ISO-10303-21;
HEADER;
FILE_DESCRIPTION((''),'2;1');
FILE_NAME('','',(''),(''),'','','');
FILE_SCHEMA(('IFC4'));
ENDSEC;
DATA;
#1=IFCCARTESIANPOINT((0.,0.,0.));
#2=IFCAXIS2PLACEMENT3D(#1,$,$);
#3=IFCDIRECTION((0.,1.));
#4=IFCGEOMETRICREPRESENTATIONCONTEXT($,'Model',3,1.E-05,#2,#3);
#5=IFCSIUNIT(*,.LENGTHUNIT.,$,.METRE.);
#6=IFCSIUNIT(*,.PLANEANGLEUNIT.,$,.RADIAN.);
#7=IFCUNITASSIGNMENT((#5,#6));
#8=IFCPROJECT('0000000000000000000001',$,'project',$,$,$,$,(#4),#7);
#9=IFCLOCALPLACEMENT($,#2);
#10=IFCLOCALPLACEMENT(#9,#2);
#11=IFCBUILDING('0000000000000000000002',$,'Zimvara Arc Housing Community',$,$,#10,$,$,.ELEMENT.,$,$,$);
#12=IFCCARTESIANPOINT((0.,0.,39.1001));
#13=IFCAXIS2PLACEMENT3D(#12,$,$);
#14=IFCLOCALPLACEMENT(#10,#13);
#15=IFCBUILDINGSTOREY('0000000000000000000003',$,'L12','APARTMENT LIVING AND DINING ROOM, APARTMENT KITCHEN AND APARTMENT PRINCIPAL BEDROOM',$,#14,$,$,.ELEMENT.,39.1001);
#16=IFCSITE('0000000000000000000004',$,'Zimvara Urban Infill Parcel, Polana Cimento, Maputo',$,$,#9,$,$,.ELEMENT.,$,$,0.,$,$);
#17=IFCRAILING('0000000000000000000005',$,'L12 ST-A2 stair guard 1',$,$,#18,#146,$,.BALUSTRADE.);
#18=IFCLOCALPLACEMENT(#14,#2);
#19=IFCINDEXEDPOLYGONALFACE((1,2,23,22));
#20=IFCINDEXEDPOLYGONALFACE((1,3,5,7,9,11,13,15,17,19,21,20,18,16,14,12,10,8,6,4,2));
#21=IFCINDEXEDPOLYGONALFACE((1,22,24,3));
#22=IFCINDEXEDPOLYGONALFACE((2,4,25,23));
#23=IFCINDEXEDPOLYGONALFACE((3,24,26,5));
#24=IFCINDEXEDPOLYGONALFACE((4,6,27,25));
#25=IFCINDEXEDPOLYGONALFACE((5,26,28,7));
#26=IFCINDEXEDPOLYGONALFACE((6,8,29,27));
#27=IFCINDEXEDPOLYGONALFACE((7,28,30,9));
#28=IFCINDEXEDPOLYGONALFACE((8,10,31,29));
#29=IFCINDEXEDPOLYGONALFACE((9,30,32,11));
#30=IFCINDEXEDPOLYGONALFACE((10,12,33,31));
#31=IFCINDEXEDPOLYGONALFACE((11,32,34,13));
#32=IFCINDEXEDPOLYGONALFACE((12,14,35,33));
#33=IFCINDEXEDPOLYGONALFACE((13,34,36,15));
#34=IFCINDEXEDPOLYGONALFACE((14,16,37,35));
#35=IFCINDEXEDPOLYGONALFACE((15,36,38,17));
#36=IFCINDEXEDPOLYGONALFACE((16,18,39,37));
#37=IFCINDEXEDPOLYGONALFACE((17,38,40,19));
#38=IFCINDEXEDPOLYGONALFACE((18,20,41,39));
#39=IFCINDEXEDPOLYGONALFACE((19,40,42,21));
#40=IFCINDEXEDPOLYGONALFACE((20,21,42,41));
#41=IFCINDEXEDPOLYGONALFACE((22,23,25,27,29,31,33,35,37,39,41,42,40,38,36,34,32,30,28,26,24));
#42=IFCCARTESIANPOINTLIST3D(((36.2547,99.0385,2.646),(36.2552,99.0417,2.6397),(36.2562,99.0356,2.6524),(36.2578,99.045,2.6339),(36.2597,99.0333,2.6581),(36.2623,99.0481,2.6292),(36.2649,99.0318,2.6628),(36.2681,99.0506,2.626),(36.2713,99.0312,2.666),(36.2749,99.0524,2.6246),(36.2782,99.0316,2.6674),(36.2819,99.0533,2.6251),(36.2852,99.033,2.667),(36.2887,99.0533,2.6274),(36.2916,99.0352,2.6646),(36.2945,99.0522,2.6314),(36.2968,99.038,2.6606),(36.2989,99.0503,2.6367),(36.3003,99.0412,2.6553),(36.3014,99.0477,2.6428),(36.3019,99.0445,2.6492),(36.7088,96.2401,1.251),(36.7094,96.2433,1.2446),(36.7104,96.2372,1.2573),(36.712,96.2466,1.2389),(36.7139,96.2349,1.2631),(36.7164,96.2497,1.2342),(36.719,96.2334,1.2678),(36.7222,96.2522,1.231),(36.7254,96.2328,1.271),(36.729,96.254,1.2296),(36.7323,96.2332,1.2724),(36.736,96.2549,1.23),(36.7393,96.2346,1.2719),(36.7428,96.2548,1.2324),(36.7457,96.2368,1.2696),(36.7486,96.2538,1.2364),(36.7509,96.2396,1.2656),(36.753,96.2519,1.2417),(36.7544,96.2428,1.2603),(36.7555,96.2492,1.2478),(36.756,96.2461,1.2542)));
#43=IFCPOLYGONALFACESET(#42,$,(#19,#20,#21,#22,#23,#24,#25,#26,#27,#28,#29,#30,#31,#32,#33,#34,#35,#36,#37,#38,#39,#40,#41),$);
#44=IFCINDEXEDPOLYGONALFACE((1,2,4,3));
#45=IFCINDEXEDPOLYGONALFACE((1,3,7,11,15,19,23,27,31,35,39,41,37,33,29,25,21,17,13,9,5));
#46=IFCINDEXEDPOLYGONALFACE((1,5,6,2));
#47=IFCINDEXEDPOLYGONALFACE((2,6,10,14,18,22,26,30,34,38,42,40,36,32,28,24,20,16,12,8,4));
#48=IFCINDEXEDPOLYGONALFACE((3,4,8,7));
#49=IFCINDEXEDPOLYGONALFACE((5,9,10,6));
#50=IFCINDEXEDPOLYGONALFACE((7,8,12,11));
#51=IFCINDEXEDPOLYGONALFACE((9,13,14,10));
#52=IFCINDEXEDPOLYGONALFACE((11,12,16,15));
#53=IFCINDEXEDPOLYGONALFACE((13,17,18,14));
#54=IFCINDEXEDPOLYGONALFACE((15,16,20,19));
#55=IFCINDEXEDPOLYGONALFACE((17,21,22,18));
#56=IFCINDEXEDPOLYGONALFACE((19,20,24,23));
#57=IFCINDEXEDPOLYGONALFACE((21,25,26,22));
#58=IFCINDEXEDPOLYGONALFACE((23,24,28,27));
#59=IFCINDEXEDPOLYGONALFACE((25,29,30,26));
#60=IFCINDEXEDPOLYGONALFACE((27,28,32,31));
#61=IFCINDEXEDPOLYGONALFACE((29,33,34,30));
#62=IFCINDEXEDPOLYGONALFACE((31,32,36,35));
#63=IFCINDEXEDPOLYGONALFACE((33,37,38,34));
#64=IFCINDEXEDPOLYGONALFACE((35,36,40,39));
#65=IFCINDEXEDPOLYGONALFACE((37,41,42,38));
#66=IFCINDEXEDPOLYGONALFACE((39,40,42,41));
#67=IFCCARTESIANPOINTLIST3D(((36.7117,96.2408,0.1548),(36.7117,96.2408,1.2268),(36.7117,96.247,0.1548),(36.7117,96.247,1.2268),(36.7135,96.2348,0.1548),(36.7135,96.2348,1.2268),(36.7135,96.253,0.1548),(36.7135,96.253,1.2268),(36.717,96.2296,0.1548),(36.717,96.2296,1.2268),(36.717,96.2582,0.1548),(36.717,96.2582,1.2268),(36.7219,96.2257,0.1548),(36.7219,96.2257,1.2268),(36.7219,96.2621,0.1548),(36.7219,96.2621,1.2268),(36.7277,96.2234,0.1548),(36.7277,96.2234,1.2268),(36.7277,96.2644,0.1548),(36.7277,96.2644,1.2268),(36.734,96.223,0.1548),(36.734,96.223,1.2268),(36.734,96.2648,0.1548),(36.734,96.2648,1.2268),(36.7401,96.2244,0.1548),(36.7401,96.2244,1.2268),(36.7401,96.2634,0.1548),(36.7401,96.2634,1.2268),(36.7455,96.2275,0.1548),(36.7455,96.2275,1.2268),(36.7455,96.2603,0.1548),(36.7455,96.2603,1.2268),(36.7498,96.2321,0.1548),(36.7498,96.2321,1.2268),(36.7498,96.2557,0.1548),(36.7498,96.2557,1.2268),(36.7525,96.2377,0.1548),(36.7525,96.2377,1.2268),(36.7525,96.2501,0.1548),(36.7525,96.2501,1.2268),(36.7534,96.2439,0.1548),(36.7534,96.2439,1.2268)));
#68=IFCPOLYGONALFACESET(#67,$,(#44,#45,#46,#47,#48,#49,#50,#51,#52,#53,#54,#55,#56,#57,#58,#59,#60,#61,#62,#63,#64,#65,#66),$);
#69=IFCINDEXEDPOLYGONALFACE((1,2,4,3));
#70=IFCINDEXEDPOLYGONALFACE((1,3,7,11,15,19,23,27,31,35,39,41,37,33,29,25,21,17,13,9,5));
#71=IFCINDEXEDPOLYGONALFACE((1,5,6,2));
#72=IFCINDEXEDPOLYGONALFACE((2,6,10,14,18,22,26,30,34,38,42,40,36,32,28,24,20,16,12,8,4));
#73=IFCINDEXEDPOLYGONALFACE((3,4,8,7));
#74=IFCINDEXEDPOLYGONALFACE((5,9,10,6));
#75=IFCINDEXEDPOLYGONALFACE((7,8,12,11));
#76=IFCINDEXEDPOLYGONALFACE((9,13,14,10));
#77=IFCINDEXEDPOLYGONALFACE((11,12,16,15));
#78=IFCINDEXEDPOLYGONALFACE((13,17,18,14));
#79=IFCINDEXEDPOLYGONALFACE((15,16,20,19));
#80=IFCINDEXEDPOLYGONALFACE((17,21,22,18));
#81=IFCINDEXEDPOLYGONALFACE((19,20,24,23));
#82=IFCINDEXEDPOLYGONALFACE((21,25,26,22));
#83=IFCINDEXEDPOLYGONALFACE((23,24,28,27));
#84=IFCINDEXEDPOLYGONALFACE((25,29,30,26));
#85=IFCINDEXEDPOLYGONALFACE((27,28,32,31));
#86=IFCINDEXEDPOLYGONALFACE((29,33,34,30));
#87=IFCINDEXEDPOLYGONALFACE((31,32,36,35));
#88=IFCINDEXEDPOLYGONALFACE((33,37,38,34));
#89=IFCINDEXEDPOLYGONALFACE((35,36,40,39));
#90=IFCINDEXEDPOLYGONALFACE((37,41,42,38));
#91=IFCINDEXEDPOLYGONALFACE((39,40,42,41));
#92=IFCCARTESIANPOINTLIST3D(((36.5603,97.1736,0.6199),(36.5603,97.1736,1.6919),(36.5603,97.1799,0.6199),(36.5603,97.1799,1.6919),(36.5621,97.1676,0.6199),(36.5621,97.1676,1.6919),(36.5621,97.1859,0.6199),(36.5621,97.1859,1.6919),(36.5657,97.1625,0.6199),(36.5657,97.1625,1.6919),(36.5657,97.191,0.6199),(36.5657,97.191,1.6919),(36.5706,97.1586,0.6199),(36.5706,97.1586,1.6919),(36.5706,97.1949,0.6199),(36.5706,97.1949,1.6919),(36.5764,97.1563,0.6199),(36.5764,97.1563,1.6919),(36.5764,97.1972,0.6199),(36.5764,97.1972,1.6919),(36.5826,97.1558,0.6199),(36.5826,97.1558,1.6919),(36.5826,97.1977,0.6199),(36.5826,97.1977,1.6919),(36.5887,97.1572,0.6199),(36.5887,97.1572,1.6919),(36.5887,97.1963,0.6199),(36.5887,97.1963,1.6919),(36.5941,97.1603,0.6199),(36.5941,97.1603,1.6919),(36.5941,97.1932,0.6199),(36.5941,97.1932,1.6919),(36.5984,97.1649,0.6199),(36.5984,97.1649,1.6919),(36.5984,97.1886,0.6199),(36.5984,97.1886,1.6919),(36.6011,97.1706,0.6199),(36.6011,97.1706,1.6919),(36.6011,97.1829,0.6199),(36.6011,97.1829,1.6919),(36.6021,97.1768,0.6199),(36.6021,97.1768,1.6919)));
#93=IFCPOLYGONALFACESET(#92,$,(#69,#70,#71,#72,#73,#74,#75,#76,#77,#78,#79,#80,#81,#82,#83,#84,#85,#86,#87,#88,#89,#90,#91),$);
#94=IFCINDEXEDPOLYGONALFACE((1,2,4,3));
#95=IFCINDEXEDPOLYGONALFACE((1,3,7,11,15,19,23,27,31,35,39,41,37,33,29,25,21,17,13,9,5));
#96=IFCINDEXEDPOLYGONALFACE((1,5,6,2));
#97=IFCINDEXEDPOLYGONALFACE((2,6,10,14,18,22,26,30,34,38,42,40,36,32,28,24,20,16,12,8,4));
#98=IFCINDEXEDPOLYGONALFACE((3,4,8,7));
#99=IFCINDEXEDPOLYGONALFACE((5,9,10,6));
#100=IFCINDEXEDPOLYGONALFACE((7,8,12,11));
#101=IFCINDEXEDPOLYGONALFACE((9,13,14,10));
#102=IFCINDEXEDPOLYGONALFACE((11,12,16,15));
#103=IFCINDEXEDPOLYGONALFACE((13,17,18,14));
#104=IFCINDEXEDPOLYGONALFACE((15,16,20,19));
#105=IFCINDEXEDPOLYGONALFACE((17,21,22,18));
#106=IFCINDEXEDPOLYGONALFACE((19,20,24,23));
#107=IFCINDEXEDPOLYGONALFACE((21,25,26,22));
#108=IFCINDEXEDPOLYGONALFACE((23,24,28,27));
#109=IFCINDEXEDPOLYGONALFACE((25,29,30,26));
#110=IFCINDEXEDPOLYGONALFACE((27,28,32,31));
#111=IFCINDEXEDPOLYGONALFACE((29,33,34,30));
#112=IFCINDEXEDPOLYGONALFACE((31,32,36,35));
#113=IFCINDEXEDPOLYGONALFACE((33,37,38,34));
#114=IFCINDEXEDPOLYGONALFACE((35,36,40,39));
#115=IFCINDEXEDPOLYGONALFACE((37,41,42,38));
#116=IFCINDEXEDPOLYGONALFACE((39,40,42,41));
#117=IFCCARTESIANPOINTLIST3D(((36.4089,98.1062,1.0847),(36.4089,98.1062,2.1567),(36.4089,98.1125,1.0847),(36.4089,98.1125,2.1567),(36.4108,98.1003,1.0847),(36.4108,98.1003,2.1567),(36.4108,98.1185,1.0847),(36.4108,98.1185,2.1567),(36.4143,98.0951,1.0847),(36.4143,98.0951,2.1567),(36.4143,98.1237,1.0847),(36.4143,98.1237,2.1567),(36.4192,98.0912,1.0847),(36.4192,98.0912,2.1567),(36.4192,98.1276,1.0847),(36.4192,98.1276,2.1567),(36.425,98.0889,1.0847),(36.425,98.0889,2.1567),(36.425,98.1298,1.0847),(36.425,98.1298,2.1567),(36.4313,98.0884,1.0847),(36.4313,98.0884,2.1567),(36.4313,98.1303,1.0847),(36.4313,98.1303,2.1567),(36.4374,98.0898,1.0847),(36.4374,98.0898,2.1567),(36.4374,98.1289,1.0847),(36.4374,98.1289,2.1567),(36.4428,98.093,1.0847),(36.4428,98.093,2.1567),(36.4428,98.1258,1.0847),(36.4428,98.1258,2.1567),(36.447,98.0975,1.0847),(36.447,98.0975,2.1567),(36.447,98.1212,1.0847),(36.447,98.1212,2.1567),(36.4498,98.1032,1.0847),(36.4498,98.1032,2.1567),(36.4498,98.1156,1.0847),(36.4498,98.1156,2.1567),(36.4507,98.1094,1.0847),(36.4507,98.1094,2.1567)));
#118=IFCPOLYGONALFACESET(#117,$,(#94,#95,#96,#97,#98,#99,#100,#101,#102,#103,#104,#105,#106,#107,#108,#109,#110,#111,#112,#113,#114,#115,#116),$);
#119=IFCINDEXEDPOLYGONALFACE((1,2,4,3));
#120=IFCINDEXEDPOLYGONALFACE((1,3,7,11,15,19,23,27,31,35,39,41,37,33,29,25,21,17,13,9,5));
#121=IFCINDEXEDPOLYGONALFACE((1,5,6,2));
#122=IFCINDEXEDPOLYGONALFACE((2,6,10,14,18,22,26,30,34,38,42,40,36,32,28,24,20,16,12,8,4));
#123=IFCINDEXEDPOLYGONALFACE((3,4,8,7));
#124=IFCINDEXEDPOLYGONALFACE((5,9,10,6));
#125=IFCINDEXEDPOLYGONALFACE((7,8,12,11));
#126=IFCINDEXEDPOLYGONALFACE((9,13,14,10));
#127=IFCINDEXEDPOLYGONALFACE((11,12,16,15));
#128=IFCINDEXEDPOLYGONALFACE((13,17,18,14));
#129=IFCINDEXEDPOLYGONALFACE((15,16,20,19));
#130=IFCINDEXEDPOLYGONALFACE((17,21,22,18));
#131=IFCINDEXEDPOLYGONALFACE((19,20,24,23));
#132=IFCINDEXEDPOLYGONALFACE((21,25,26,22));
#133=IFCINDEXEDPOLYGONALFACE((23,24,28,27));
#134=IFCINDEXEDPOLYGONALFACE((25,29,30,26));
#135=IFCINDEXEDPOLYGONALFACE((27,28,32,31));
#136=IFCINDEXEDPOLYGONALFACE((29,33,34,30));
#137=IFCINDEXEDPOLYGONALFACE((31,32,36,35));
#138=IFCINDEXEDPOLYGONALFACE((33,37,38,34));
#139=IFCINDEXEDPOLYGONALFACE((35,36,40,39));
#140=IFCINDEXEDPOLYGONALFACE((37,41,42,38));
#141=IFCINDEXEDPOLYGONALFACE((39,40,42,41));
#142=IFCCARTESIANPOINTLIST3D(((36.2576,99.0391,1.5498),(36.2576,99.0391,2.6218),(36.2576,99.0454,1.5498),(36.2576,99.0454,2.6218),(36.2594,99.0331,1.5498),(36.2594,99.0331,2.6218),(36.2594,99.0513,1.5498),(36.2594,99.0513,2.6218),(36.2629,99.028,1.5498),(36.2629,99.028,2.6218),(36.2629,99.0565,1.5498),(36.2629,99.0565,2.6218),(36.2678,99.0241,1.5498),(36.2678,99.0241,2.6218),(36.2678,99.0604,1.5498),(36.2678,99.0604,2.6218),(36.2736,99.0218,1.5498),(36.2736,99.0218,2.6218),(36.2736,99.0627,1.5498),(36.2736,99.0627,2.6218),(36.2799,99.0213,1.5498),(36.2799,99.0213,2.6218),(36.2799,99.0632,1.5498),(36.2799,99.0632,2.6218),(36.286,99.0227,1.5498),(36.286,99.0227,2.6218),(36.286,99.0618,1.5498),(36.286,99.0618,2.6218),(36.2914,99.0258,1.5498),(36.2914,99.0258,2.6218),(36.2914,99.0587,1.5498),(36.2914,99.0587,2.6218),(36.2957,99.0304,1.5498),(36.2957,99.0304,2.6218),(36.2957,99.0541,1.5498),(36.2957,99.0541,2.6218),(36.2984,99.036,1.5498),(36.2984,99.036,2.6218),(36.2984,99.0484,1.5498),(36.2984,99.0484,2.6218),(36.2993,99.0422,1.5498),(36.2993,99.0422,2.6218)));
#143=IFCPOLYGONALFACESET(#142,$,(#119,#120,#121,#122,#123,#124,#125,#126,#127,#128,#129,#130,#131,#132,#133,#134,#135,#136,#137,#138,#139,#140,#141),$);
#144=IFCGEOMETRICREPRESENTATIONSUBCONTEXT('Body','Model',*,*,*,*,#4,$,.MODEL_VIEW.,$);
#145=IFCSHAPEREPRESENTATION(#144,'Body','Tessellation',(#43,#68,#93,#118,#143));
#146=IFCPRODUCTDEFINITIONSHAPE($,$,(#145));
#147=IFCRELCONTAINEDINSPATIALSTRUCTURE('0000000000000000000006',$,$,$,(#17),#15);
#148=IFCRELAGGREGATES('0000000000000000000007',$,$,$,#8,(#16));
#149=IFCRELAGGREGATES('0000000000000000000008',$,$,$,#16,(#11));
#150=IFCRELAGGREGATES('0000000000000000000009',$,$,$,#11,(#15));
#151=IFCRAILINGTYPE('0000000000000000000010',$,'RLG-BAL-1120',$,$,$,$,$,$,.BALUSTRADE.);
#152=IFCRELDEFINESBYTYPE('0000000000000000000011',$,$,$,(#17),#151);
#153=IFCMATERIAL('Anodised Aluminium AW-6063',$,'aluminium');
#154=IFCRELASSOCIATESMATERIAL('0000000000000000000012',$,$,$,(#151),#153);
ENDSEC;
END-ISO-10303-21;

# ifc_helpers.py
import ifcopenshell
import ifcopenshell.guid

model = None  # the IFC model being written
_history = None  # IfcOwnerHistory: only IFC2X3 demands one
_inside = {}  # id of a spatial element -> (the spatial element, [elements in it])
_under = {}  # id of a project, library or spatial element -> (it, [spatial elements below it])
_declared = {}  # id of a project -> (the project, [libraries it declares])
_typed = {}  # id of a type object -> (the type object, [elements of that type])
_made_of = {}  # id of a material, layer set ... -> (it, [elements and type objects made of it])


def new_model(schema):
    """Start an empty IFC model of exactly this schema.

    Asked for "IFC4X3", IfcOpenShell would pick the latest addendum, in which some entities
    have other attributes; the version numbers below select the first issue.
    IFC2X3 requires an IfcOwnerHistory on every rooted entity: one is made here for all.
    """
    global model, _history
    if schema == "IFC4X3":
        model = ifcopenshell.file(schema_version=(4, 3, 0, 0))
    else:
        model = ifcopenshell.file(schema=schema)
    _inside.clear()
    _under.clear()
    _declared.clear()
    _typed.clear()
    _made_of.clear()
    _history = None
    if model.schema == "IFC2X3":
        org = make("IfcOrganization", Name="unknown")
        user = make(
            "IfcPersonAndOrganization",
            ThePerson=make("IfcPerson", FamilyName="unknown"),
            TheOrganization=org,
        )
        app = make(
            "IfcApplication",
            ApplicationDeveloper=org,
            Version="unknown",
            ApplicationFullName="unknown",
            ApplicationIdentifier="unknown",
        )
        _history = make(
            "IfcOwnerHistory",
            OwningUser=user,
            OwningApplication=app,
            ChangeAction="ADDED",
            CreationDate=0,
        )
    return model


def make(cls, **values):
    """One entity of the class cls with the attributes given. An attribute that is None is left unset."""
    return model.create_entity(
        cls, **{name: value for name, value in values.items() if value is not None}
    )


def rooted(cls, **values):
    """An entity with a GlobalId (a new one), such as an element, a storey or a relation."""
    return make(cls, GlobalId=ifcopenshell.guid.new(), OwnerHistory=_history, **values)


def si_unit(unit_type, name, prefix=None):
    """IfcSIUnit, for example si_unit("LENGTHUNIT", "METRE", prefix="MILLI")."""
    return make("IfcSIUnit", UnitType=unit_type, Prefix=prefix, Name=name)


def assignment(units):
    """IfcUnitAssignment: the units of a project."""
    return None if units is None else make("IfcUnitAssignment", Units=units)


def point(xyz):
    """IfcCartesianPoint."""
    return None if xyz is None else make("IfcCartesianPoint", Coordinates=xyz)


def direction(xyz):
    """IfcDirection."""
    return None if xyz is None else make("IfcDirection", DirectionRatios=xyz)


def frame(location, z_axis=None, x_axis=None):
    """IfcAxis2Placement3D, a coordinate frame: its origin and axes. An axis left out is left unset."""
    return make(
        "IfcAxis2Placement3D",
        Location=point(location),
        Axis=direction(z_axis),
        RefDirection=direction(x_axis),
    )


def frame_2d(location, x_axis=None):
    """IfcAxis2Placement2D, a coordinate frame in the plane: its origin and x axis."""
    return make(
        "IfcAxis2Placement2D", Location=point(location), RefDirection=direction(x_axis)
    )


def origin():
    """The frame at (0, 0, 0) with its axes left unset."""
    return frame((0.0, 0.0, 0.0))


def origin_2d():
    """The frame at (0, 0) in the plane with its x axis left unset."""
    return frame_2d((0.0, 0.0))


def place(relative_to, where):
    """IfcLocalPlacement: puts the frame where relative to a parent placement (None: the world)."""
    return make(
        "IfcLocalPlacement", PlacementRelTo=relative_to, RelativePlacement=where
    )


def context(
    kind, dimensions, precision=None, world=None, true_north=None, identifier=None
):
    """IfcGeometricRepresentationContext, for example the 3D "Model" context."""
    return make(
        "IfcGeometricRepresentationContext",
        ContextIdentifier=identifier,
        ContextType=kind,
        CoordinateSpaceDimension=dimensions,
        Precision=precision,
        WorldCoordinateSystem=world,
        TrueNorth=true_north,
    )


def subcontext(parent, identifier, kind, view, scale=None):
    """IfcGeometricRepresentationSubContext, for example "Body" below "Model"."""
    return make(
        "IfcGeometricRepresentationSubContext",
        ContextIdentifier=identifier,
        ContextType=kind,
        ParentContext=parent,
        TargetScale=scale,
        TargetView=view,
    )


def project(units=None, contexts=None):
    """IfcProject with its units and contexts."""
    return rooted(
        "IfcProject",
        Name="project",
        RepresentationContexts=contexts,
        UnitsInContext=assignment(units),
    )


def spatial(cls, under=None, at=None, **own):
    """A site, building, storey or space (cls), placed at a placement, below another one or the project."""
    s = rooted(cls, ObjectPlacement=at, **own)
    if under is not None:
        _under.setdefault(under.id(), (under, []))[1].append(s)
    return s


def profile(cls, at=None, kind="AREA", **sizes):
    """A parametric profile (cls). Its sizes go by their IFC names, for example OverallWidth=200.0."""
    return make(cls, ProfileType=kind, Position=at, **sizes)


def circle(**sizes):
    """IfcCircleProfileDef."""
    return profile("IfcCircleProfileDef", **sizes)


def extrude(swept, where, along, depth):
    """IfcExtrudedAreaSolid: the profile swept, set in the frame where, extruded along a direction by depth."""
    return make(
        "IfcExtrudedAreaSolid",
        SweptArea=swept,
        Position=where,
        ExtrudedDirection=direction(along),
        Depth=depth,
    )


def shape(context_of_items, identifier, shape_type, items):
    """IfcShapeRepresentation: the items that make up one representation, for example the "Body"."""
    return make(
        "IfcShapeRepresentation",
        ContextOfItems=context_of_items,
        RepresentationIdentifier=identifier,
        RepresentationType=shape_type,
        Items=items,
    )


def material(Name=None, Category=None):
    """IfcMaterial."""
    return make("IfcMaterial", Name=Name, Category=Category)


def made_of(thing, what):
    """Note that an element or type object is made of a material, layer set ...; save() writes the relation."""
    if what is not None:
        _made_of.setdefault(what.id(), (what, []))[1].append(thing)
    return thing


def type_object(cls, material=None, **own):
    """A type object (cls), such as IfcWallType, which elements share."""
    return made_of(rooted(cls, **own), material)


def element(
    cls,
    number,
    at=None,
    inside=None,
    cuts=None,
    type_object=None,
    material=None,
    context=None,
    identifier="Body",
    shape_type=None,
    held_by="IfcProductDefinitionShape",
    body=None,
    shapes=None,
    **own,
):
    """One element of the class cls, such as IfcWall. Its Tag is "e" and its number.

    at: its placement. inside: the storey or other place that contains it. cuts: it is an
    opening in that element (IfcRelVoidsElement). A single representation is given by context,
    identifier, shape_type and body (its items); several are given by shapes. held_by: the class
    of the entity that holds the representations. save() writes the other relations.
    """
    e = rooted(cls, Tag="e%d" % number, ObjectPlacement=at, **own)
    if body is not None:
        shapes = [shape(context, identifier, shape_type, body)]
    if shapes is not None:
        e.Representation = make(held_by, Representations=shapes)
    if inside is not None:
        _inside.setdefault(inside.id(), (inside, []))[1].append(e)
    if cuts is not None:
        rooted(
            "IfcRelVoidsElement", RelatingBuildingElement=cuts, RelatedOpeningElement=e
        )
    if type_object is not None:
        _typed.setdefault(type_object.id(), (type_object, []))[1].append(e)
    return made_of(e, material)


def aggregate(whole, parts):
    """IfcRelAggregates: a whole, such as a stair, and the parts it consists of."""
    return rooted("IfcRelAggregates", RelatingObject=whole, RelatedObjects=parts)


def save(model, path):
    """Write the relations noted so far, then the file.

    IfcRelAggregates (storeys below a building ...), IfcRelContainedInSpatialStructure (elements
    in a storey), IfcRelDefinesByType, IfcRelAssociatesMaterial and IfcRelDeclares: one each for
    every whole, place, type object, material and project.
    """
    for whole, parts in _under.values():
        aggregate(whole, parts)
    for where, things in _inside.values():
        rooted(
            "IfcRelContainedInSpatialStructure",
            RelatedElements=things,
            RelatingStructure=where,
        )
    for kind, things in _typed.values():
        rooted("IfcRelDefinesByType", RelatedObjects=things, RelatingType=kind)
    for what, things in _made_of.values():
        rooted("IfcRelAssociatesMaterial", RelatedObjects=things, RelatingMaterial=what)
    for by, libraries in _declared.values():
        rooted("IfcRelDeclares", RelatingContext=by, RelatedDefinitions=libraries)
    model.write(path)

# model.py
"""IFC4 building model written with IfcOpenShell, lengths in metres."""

from ifc_helpers import new_model, si_unit, direction, frame, origin, origin_2d, place, context, subcontext, project, spatial, circle, extrude, material, type_object, element, save


model = new_model("IFC4")

# Units and contexts
model_context = context("Model", 3, precision=1e-05, world=origin(), true_north=direction((0.0, 1.0)))
body_context = subcontext(model_context, "Body", "Model", "MODEL_VIEW")
ifc_project = project(units=[si_unit("LENGTHUNIT", "METRE"), si_unit("PLANEANGLEUNIT", "RADIAN")], contexts=[model_context])

# Site, building, storey
site_placement = place(None, origin())
site = spatial("IfcSite", under=ifc_project, at=site_placement, Name="Zimvara Urban Infill Parcel, Polana Cimento, Maputo", CompositionType="ELEMENT", RefElevation=0.0)
building_placement = place(site_placement, origin())
building = spatial("IfcBuilding", under=site, at=building_placement, Name="Zimvara Arc Housing Community", CompositionType="ELEMENT")
storey_placement = place(building_placement, frame((0.0, 0.0, 39.1001)))
storey = spatial("IfcBuildingStorey", under=building, at=storey_placement, Name="L12", Description="APARTMENT LIVING AND DINING ROOM, APARTMENT KITCHEN AND APARTMENT PRINCIPAL BEDROOM", CompositionType="ELEMENT", Elevation=39.1001)

# Railing
ifc_material_1 = material(Name="Anodised Aluminium AW-6063", Category="aluminium")
railing_type_1 = type_object("IfcRailingType", Name="RLG-BAL-1120", PredefinedType="BALUSTRADE", material=ifc_material_1)
railing_1_placement = place(storey_placement, frame((36.7324, 96.2439, 0.1548)))
element("IfcRailing", 1, at=railing_1_placement, inside=storey, type_object=railing_type_1, Name="L12 ST-A2 stair guard 1", PredefinedType="BALUSTRADE", context=body_context, shape_type="SweptSolid", body=[
    extrude(circle(Radius=0.0239, at=origin_2d()), frame((0.0, 0.0, 1.0962), z_axis=(-0.143722, 0.885666, 0.44152), x_axis=(-0.987088, -0.16018, 0.0)), (0.0, 0.0, 1.0), 3.1597),
    extrude(circle(Radius=0.021, at=origin_2d()), origin(), (0.0, 0.0, 1.0), 1.072),
    extrude(circle(Radius=0.021, at=origin_2d()), frame((-0.1514, 0.9329, 0.4651)), (0.0, 0.0, 1.0), 1.072),
    extrude(circle(Radius=0.021, at=origin_2d()), frame((-0.3027, 1.8655, 0.9299)), (0.0, 0.0, 1.0), 1.072),
    extrude(circle(Radius=0.021, at=origin_2d()), frame((-0.4541, 2.7983, 1.395)), (0.0, 0.0, 1.0), 1.072),
])

save(model, "model.ifc")
